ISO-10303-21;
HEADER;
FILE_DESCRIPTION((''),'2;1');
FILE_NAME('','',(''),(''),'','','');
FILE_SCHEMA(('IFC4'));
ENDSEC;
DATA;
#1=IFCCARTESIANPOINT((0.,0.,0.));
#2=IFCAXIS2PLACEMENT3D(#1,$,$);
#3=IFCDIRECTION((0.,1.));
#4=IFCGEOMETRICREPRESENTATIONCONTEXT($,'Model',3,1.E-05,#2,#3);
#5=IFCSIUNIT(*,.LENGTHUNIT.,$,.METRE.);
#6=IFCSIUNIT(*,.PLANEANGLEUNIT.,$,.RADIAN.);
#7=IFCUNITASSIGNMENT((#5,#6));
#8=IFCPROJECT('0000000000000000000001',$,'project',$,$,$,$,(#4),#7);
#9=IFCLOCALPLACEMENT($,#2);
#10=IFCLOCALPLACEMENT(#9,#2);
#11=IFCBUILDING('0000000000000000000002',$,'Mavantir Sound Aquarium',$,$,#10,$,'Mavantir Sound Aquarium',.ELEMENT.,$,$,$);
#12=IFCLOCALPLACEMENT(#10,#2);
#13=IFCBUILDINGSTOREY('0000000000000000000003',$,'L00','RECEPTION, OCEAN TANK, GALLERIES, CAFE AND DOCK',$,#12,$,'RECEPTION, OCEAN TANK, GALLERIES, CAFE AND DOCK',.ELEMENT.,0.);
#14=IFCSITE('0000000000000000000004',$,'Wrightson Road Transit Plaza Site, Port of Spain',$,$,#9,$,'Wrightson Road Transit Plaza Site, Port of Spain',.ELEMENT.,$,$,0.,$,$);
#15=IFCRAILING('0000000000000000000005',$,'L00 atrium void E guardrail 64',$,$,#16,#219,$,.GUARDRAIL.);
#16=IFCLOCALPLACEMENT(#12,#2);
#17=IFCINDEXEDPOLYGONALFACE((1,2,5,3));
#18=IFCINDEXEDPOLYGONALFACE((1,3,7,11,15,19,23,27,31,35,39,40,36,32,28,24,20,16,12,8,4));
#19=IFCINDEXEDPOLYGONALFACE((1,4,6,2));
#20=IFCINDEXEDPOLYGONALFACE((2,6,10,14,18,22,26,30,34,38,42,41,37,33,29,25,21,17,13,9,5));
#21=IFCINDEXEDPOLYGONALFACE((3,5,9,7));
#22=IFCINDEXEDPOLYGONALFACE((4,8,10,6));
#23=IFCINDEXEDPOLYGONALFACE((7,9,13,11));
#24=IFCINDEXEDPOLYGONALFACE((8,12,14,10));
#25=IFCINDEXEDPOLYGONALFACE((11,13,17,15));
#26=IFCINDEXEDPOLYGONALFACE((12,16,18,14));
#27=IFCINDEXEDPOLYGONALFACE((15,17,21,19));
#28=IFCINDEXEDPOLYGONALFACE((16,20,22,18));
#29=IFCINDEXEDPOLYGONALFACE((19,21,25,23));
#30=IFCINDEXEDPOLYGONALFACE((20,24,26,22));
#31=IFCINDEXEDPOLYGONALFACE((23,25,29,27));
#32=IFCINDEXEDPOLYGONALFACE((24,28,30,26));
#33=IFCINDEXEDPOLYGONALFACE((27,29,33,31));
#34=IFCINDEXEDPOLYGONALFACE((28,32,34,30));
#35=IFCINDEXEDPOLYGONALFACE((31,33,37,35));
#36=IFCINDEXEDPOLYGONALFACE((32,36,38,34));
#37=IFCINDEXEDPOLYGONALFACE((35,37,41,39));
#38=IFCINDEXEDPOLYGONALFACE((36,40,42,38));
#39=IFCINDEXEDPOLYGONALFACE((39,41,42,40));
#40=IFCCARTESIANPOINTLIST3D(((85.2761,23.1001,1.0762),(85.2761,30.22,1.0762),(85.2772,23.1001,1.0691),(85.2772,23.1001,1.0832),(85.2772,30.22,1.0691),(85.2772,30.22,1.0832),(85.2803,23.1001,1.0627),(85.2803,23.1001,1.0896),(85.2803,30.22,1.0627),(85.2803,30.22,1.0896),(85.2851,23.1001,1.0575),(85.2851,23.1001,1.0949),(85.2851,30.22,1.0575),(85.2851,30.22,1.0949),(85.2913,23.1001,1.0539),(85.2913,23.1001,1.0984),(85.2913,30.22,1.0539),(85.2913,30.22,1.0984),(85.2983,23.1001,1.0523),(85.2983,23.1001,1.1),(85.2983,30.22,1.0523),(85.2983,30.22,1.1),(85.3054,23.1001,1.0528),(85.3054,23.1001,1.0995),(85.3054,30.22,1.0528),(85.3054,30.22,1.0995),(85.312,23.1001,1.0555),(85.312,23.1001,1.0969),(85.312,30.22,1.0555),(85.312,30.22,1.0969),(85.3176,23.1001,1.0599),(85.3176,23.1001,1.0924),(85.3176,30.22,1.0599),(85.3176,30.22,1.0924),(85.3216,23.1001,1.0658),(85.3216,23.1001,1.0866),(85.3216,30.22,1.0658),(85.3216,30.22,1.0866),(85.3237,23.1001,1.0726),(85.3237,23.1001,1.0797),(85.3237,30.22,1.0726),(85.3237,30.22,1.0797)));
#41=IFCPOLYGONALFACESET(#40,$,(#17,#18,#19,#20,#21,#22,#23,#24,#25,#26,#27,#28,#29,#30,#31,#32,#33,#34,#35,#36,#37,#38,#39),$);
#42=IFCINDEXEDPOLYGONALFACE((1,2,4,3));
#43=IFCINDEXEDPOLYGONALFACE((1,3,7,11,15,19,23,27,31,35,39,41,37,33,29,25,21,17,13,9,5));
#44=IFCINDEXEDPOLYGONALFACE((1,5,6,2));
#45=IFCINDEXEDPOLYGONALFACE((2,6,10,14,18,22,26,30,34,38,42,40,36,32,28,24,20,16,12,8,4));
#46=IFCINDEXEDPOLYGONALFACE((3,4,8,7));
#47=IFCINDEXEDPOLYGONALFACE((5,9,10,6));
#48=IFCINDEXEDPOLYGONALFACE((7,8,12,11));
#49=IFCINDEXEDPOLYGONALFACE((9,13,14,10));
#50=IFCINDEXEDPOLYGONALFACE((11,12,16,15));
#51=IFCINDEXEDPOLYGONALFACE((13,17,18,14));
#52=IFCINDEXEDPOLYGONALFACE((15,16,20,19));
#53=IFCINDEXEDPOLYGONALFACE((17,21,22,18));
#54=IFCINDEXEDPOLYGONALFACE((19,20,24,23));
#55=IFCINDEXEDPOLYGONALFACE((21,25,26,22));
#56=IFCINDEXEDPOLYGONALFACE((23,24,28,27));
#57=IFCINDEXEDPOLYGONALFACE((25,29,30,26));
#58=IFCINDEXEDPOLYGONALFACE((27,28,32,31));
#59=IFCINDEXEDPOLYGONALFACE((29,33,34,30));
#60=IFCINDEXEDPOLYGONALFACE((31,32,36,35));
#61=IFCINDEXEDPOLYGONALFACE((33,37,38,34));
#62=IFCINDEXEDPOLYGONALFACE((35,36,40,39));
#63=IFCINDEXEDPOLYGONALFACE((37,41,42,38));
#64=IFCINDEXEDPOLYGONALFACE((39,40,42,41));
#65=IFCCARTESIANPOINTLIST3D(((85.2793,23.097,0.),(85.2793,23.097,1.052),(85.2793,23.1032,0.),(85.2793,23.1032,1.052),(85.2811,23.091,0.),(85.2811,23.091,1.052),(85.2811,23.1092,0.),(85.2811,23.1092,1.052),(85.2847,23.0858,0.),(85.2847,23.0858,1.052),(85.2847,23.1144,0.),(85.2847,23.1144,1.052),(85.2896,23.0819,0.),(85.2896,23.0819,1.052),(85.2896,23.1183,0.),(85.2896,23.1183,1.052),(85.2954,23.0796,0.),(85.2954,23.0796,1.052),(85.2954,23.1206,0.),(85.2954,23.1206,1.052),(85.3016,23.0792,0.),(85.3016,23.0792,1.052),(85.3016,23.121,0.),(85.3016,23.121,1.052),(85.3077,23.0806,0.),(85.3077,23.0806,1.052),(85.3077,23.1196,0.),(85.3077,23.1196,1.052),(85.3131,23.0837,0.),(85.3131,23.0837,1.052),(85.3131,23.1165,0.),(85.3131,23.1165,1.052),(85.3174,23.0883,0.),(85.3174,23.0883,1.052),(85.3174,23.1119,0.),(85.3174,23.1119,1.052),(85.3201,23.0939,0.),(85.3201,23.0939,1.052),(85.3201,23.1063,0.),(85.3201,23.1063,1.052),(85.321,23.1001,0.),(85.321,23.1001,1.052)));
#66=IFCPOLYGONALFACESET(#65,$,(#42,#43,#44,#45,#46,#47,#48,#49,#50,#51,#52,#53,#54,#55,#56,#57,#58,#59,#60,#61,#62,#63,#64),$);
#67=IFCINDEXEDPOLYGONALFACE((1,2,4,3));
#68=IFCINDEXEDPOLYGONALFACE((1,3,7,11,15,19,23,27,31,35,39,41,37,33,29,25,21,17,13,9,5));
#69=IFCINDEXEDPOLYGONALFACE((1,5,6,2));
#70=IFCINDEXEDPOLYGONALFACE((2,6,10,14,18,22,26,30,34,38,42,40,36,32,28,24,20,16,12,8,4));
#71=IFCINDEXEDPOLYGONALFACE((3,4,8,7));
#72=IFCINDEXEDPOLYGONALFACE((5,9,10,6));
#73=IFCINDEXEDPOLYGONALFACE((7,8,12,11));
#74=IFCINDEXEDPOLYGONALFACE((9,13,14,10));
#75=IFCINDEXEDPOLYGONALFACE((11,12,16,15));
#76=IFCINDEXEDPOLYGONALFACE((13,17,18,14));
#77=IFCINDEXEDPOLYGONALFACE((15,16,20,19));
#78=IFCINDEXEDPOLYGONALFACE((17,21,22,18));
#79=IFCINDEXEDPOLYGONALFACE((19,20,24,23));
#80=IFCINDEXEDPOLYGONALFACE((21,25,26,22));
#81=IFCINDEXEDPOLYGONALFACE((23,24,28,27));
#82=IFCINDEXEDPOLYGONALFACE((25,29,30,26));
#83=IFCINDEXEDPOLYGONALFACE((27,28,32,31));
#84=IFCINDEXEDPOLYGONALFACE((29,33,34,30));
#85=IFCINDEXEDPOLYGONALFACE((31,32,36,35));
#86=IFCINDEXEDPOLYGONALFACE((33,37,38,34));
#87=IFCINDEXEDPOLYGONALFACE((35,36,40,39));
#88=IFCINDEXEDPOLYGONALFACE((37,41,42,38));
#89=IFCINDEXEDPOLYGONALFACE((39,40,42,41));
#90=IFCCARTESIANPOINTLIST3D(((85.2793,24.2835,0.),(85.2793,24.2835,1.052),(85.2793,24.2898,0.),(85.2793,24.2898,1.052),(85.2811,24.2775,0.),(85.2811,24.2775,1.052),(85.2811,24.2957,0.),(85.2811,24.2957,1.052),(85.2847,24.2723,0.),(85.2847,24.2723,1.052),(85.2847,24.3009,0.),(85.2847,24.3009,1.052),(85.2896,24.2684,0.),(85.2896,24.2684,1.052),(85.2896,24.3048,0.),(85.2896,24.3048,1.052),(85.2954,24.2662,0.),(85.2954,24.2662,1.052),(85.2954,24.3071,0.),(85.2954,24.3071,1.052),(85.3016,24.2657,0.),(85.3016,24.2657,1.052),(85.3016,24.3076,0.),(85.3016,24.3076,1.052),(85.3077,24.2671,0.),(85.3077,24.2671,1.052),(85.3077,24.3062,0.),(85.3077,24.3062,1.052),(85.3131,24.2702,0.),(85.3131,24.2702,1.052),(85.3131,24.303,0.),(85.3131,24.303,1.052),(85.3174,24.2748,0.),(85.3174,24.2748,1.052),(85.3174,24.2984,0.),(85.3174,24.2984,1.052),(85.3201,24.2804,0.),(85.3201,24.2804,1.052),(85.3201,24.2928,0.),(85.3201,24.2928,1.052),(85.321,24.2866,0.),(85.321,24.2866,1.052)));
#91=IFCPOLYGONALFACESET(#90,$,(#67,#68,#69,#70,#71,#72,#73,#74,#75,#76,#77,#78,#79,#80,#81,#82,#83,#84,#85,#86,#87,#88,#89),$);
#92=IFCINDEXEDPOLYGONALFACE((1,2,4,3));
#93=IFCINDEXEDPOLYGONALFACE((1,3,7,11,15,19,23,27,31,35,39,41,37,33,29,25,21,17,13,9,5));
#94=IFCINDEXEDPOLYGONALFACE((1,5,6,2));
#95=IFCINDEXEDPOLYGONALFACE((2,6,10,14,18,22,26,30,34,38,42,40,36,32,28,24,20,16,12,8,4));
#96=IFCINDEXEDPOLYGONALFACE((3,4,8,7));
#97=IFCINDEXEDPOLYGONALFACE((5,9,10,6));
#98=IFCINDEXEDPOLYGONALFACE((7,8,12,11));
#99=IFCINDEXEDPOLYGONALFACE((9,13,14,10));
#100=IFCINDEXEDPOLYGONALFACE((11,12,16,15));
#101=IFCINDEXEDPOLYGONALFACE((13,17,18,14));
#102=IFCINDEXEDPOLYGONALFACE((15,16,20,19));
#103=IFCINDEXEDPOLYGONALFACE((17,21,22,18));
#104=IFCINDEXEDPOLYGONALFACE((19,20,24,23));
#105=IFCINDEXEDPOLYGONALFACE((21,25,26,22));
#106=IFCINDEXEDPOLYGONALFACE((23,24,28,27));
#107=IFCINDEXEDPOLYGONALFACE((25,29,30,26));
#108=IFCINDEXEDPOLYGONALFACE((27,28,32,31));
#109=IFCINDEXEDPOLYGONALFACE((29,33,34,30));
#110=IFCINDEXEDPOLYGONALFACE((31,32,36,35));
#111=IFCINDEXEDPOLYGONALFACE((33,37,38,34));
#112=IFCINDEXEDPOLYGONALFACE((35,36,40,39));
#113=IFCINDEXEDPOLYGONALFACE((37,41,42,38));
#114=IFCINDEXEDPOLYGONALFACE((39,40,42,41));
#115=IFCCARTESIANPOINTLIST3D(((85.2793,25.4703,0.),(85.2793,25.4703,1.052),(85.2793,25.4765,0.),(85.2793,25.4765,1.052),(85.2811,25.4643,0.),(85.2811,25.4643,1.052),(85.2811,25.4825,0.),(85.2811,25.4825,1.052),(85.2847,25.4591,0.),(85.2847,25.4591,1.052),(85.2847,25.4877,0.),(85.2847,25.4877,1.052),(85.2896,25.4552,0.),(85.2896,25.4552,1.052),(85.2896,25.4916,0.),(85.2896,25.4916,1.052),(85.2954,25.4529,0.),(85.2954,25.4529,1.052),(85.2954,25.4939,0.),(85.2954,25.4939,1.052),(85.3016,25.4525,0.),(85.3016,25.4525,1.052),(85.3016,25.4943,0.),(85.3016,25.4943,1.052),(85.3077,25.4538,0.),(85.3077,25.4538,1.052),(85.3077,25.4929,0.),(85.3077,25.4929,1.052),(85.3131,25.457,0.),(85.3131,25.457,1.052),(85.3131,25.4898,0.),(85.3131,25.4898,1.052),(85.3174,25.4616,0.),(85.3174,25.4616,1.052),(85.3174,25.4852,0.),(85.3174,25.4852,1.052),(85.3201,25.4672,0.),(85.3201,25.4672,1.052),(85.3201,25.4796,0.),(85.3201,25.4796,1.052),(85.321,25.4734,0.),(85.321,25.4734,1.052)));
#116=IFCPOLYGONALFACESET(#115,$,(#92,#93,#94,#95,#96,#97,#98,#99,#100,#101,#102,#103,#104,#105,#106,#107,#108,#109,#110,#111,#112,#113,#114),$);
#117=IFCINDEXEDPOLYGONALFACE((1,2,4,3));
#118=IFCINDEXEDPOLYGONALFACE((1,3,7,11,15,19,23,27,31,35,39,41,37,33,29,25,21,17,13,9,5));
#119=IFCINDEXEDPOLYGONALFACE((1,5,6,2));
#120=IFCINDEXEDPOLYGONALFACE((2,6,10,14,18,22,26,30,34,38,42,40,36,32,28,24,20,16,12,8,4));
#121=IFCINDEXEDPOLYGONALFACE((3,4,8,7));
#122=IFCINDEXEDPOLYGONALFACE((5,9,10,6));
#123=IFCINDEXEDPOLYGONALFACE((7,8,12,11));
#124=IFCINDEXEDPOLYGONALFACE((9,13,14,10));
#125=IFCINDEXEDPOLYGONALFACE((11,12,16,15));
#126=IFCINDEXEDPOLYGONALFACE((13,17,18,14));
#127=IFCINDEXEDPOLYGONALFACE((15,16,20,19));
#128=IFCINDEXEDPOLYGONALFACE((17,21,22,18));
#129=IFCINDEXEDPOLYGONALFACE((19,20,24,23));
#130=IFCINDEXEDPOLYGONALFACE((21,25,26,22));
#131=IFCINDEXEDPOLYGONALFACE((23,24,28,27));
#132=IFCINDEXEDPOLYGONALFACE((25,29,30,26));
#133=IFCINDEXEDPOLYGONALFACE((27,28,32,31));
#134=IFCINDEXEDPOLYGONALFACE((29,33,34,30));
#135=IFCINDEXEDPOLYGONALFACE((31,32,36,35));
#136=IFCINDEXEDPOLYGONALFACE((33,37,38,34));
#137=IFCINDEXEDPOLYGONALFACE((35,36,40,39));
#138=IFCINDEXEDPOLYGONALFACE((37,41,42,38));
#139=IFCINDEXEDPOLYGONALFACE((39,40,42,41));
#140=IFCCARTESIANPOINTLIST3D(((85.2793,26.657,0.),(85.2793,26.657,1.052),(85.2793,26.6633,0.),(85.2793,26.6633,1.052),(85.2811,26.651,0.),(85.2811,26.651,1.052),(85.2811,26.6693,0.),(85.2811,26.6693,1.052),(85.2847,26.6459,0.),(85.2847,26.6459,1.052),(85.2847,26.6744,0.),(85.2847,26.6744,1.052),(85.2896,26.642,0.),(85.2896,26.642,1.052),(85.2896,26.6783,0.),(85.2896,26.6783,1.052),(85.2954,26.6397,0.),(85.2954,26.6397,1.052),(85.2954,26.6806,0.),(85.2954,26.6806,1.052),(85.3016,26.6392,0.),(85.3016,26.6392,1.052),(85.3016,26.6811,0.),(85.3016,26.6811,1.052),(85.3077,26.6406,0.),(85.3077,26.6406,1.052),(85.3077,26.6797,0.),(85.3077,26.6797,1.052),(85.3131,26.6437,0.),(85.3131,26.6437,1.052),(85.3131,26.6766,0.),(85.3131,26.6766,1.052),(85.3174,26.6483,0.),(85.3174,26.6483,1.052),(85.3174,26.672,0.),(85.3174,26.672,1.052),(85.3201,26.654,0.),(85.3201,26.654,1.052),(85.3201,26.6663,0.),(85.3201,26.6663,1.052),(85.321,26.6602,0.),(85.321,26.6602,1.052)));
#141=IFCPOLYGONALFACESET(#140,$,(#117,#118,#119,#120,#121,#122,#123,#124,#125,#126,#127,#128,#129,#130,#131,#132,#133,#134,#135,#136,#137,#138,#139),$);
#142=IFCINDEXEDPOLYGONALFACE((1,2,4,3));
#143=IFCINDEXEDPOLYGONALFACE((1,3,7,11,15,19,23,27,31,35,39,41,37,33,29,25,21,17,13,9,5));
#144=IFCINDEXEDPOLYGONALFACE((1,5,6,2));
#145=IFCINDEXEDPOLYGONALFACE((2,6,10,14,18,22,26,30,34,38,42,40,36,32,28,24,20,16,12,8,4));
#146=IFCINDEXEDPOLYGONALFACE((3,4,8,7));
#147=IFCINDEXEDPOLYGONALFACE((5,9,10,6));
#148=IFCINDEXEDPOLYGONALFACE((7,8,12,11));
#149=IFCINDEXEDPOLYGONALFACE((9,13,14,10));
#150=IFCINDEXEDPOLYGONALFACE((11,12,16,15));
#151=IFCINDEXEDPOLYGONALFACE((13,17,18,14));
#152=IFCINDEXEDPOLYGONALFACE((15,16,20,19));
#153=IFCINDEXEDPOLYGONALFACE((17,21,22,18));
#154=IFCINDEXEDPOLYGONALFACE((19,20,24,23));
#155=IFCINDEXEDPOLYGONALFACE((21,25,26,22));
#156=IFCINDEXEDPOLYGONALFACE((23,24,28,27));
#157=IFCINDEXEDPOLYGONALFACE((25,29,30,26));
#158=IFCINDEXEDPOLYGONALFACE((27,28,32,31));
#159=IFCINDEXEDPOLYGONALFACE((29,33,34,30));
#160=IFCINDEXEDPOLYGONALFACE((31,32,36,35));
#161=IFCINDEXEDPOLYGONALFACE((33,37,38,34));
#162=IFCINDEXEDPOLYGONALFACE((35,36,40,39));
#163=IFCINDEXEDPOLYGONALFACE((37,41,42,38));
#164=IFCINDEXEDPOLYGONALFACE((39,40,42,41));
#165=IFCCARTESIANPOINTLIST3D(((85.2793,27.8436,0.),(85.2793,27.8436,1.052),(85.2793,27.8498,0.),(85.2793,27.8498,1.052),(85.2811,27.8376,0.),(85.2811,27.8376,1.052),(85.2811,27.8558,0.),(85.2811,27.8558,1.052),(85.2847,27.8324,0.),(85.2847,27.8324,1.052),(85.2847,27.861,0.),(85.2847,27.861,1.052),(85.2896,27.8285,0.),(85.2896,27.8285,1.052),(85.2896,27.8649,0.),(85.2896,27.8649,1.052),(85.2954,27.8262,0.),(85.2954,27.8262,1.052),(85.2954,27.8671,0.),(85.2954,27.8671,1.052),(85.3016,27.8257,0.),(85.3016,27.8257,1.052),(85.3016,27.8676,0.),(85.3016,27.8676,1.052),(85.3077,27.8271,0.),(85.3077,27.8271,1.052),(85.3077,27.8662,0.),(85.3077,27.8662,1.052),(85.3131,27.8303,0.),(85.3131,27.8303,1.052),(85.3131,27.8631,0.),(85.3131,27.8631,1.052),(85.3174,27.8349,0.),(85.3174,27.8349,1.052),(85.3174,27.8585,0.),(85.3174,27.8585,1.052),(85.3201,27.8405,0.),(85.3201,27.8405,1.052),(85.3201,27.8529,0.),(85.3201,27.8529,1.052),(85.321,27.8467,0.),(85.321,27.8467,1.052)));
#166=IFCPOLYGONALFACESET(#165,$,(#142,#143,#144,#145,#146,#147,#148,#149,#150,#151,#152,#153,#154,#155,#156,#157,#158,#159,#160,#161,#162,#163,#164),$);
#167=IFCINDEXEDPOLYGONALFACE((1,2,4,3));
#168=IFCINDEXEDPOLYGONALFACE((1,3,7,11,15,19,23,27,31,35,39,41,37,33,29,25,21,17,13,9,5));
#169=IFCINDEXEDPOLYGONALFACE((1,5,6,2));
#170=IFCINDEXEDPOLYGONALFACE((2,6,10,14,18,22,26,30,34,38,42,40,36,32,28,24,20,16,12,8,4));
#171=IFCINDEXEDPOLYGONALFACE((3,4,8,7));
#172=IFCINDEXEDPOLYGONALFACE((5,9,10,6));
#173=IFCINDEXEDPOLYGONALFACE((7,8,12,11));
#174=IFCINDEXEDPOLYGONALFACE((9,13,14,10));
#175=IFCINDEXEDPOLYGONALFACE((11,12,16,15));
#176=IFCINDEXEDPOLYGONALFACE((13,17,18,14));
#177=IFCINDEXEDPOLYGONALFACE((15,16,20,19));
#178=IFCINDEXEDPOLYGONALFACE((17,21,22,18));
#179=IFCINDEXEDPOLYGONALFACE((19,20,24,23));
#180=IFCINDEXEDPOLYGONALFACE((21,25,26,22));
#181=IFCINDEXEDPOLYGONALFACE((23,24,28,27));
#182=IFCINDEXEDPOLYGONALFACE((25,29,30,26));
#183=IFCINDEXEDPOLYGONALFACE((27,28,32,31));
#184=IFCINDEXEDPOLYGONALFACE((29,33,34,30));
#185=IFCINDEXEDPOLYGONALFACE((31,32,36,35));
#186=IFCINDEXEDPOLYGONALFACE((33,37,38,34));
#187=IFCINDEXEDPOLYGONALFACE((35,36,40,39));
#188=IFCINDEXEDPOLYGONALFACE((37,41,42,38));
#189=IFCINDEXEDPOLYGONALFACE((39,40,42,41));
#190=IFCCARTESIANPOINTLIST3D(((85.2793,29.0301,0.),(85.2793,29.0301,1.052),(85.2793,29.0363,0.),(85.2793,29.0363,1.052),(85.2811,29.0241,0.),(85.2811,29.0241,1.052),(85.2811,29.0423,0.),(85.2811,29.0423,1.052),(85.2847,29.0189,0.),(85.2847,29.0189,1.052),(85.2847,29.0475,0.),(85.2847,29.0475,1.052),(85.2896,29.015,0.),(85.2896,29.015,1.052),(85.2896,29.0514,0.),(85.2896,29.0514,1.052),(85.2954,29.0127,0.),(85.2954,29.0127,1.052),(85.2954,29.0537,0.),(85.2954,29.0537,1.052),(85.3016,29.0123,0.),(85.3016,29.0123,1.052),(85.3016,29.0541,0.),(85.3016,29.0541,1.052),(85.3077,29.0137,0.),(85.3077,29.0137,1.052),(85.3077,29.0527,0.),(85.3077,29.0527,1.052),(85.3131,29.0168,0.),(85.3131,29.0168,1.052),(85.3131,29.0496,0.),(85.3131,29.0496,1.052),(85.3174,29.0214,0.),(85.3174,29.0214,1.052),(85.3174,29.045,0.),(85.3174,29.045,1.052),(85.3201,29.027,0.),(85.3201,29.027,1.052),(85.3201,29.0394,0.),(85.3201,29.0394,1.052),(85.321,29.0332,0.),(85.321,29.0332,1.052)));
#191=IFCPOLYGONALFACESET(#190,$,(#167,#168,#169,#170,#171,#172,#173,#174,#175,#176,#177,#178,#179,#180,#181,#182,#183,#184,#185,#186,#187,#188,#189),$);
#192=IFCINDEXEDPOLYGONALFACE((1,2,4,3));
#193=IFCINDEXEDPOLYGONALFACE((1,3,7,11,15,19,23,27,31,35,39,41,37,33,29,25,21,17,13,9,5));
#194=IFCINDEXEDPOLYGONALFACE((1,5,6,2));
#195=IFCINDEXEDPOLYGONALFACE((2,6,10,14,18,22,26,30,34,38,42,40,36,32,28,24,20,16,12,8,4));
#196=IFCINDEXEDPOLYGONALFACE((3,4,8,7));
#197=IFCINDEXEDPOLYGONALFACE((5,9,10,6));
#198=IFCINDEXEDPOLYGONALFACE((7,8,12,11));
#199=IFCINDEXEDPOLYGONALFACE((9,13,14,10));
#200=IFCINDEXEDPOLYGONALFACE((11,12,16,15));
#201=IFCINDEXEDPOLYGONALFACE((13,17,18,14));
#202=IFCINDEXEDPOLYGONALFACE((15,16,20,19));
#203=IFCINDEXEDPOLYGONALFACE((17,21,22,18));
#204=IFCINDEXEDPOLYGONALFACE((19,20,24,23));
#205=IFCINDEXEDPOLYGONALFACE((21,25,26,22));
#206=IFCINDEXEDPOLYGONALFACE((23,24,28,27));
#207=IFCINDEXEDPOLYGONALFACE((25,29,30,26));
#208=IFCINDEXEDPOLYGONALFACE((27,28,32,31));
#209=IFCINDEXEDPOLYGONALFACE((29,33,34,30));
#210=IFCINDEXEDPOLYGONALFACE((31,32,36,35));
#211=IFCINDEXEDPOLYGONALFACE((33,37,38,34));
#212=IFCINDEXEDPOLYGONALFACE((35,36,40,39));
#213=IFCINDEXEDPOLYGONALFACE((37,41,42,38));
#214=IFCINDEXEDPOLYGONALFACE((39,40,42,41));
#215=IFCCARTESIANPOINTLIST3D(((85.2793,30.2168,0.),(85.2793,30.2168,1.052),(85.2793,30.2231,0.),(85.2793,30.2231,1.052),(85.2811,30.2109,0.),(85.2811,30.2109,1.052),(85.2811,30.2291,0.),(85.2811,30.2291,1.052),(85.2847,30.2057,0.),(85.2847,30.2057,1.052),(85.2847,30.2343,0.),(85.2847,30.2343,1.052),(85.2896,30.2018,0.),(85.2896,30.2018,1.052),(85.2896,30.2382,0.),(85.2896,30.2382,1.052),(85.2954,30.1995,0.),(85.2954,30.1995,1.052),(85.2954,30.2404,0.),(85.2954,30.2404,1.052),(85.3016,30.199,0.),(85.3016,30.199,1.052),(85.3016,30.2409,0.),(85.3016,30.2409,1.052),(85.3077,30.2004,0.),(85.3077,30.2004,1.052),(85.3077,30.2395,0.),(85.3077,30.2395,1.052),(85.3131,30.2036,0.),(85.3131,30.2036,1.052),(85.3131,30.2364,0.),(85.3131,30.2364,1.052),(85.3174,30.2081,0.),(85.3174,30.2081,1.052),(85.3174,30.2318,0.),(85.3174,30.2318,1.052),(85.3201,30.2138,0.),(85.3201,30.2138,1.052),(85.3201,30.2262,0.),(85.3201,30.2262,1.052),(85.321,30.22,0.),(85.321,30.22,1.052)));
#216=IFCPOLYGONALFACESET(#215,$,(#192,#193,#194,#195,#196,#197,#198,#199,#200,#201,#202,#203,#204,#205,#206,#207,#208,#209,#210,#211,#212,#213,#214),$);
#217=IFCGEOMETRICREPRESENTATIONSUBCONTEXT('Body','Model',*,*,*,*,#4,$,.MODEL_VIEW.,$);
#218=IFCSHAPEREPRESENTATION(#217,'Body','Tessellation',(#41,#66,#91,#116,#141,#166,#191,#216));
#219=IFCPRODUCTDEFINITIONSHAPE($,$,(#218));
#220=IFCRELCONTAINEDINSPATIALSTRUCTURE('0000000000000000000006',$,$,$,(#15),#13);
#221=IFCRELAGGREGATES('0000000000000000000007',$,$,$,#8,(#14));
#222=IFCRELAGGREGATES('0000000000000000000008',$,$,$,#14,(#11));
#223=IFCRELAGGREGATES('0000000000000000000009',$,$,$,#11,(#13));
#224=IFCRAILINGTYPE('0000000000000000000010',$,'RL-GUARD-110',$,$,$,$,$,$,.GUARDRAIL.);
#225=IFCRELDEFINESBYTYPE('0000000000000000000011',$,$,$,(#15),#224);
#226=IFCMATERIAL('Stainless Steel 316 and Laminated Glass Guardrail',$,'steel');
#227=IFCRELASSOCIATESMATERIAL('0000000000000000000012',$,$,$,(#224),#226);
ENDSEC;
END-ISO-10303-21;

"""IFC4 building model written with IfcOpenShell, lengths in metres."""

from ifc_helpers import new_model, si_unit, direction, frame, origin, origin_2d, place, context, subcontext, project, spatial, circle, extrude, material, type_object, element, save


model = new_model("IFC4")

# Units and contexts
model_context = context("Model", 3, precision=1e-05, world=origin(), true_north=direction((0.0, 1.0)))
body_context = subcontext(model_context, "Body", "Model", "MODEL_VIEW")
ifc_project = project(units=[si_unit("LENGTHUNIT", "METRE"), si_unit("PLANEANGLEUNIT", "RADIAN")], contexts=[model_context])

# Site, building, storey
site_placement = place(None, origin())
site = spatial("IfcSite", under=ifc_project, at=site_placement, Name="Wrightson Road Transit Plaza Site, Port of Spain", LongName="Wrightson Road Transit Plaza Site, Port of Spain", CompositionType="ELEMENT", RefElevation=0.0)
building_placement = place(site_placement, origin())
building = spatial("IfcBuilding", under=site, at=building_placement, Name="Mavantir Sound Aquarium", LongName="Mavantir Sound Aquarium", CompositionType="ELEMENT")
storey_placement = place(building_placement, origin())
storey = spatial("IfcBuildingStorey", under=building, at=storey_placement, Name="L00", Description="RECEPTION, OCEAN TANK, GALLERIES, CAFE AND DOCK", LongName="RECEPTION, OCEAN TANK, GALLERIES, CAFE AND DOCK", CompositionType="ELEMENT", Elevation=0.0)

# Railing
ifc_material_1 = material(Name="Stainless Steel 316 and Laminated Glass Guardrail", Category="steel")
railing_type_1 = type_object("IfcRailingType", Name="RL-GUARD-110", PredefinedType="GUARDRAIL", material=ifc_material_1)
railing_1_placement = place(storey_placement, frame((85.3, 23.1001, 0.0)))
element("IfcRailing", 1, at=railing_1_placement, inside=storey, type_object=railing_type_1, Name="L00 atrium void E guardrail 64", PredefinedType="GUARDRAIL", context=body_context, shape_type="SweptSolid", body=[
    extrude(circle(Radius=0.0239, at=origin_2d()), frame((0.0, 0.0, 1.0762), z_axis=(0.0, 1.0, 0.0), x_axis=(-1.0, 0.0, 0.0)), (0.0, 0.0, 1.0), 7.1199),
    extrude(circle(Radius=0.021, at=origin_2d()), origin(), (0.0, 0.0, 1.0), 1.052),
    extrude(circle(Radius=0.021, at=origin_2d()), frame((0.0, 1.1865, 0.0)), (0.0, 0.0, 1.0), 1.052),
    extrude(circle(Radius=0.021, at=origin_2d()), frame((0.0, 2.3733, 0.0)), (0.0, 0.0, 1.0), 1.052),
    extrude(circle(Radius=0.021, at=origin_2d()), frame((0.0, 3.5601, 0.0)), (0.0, 0.0, 1.0), 1.052),
    extrude(circle(Radius=0.021, at=origin_2d()), frame((0.0, 4.7466, 0.0)), (0.0, 0.0, 1.0), 1.052),
    extrude(circle(Radius=0.021, at=origin_2d()), frame((0.0, 5.9331, 0.0)), (0.0, 0.0, 1.0), 1.052),
    extrude(circle(Radius=0.021, at=origin_2d()), frame((0.0, 7.1199, 0.0)), (0.0, 0.0, 1.0), 1.052),
])

save(model, "model.ifc")
